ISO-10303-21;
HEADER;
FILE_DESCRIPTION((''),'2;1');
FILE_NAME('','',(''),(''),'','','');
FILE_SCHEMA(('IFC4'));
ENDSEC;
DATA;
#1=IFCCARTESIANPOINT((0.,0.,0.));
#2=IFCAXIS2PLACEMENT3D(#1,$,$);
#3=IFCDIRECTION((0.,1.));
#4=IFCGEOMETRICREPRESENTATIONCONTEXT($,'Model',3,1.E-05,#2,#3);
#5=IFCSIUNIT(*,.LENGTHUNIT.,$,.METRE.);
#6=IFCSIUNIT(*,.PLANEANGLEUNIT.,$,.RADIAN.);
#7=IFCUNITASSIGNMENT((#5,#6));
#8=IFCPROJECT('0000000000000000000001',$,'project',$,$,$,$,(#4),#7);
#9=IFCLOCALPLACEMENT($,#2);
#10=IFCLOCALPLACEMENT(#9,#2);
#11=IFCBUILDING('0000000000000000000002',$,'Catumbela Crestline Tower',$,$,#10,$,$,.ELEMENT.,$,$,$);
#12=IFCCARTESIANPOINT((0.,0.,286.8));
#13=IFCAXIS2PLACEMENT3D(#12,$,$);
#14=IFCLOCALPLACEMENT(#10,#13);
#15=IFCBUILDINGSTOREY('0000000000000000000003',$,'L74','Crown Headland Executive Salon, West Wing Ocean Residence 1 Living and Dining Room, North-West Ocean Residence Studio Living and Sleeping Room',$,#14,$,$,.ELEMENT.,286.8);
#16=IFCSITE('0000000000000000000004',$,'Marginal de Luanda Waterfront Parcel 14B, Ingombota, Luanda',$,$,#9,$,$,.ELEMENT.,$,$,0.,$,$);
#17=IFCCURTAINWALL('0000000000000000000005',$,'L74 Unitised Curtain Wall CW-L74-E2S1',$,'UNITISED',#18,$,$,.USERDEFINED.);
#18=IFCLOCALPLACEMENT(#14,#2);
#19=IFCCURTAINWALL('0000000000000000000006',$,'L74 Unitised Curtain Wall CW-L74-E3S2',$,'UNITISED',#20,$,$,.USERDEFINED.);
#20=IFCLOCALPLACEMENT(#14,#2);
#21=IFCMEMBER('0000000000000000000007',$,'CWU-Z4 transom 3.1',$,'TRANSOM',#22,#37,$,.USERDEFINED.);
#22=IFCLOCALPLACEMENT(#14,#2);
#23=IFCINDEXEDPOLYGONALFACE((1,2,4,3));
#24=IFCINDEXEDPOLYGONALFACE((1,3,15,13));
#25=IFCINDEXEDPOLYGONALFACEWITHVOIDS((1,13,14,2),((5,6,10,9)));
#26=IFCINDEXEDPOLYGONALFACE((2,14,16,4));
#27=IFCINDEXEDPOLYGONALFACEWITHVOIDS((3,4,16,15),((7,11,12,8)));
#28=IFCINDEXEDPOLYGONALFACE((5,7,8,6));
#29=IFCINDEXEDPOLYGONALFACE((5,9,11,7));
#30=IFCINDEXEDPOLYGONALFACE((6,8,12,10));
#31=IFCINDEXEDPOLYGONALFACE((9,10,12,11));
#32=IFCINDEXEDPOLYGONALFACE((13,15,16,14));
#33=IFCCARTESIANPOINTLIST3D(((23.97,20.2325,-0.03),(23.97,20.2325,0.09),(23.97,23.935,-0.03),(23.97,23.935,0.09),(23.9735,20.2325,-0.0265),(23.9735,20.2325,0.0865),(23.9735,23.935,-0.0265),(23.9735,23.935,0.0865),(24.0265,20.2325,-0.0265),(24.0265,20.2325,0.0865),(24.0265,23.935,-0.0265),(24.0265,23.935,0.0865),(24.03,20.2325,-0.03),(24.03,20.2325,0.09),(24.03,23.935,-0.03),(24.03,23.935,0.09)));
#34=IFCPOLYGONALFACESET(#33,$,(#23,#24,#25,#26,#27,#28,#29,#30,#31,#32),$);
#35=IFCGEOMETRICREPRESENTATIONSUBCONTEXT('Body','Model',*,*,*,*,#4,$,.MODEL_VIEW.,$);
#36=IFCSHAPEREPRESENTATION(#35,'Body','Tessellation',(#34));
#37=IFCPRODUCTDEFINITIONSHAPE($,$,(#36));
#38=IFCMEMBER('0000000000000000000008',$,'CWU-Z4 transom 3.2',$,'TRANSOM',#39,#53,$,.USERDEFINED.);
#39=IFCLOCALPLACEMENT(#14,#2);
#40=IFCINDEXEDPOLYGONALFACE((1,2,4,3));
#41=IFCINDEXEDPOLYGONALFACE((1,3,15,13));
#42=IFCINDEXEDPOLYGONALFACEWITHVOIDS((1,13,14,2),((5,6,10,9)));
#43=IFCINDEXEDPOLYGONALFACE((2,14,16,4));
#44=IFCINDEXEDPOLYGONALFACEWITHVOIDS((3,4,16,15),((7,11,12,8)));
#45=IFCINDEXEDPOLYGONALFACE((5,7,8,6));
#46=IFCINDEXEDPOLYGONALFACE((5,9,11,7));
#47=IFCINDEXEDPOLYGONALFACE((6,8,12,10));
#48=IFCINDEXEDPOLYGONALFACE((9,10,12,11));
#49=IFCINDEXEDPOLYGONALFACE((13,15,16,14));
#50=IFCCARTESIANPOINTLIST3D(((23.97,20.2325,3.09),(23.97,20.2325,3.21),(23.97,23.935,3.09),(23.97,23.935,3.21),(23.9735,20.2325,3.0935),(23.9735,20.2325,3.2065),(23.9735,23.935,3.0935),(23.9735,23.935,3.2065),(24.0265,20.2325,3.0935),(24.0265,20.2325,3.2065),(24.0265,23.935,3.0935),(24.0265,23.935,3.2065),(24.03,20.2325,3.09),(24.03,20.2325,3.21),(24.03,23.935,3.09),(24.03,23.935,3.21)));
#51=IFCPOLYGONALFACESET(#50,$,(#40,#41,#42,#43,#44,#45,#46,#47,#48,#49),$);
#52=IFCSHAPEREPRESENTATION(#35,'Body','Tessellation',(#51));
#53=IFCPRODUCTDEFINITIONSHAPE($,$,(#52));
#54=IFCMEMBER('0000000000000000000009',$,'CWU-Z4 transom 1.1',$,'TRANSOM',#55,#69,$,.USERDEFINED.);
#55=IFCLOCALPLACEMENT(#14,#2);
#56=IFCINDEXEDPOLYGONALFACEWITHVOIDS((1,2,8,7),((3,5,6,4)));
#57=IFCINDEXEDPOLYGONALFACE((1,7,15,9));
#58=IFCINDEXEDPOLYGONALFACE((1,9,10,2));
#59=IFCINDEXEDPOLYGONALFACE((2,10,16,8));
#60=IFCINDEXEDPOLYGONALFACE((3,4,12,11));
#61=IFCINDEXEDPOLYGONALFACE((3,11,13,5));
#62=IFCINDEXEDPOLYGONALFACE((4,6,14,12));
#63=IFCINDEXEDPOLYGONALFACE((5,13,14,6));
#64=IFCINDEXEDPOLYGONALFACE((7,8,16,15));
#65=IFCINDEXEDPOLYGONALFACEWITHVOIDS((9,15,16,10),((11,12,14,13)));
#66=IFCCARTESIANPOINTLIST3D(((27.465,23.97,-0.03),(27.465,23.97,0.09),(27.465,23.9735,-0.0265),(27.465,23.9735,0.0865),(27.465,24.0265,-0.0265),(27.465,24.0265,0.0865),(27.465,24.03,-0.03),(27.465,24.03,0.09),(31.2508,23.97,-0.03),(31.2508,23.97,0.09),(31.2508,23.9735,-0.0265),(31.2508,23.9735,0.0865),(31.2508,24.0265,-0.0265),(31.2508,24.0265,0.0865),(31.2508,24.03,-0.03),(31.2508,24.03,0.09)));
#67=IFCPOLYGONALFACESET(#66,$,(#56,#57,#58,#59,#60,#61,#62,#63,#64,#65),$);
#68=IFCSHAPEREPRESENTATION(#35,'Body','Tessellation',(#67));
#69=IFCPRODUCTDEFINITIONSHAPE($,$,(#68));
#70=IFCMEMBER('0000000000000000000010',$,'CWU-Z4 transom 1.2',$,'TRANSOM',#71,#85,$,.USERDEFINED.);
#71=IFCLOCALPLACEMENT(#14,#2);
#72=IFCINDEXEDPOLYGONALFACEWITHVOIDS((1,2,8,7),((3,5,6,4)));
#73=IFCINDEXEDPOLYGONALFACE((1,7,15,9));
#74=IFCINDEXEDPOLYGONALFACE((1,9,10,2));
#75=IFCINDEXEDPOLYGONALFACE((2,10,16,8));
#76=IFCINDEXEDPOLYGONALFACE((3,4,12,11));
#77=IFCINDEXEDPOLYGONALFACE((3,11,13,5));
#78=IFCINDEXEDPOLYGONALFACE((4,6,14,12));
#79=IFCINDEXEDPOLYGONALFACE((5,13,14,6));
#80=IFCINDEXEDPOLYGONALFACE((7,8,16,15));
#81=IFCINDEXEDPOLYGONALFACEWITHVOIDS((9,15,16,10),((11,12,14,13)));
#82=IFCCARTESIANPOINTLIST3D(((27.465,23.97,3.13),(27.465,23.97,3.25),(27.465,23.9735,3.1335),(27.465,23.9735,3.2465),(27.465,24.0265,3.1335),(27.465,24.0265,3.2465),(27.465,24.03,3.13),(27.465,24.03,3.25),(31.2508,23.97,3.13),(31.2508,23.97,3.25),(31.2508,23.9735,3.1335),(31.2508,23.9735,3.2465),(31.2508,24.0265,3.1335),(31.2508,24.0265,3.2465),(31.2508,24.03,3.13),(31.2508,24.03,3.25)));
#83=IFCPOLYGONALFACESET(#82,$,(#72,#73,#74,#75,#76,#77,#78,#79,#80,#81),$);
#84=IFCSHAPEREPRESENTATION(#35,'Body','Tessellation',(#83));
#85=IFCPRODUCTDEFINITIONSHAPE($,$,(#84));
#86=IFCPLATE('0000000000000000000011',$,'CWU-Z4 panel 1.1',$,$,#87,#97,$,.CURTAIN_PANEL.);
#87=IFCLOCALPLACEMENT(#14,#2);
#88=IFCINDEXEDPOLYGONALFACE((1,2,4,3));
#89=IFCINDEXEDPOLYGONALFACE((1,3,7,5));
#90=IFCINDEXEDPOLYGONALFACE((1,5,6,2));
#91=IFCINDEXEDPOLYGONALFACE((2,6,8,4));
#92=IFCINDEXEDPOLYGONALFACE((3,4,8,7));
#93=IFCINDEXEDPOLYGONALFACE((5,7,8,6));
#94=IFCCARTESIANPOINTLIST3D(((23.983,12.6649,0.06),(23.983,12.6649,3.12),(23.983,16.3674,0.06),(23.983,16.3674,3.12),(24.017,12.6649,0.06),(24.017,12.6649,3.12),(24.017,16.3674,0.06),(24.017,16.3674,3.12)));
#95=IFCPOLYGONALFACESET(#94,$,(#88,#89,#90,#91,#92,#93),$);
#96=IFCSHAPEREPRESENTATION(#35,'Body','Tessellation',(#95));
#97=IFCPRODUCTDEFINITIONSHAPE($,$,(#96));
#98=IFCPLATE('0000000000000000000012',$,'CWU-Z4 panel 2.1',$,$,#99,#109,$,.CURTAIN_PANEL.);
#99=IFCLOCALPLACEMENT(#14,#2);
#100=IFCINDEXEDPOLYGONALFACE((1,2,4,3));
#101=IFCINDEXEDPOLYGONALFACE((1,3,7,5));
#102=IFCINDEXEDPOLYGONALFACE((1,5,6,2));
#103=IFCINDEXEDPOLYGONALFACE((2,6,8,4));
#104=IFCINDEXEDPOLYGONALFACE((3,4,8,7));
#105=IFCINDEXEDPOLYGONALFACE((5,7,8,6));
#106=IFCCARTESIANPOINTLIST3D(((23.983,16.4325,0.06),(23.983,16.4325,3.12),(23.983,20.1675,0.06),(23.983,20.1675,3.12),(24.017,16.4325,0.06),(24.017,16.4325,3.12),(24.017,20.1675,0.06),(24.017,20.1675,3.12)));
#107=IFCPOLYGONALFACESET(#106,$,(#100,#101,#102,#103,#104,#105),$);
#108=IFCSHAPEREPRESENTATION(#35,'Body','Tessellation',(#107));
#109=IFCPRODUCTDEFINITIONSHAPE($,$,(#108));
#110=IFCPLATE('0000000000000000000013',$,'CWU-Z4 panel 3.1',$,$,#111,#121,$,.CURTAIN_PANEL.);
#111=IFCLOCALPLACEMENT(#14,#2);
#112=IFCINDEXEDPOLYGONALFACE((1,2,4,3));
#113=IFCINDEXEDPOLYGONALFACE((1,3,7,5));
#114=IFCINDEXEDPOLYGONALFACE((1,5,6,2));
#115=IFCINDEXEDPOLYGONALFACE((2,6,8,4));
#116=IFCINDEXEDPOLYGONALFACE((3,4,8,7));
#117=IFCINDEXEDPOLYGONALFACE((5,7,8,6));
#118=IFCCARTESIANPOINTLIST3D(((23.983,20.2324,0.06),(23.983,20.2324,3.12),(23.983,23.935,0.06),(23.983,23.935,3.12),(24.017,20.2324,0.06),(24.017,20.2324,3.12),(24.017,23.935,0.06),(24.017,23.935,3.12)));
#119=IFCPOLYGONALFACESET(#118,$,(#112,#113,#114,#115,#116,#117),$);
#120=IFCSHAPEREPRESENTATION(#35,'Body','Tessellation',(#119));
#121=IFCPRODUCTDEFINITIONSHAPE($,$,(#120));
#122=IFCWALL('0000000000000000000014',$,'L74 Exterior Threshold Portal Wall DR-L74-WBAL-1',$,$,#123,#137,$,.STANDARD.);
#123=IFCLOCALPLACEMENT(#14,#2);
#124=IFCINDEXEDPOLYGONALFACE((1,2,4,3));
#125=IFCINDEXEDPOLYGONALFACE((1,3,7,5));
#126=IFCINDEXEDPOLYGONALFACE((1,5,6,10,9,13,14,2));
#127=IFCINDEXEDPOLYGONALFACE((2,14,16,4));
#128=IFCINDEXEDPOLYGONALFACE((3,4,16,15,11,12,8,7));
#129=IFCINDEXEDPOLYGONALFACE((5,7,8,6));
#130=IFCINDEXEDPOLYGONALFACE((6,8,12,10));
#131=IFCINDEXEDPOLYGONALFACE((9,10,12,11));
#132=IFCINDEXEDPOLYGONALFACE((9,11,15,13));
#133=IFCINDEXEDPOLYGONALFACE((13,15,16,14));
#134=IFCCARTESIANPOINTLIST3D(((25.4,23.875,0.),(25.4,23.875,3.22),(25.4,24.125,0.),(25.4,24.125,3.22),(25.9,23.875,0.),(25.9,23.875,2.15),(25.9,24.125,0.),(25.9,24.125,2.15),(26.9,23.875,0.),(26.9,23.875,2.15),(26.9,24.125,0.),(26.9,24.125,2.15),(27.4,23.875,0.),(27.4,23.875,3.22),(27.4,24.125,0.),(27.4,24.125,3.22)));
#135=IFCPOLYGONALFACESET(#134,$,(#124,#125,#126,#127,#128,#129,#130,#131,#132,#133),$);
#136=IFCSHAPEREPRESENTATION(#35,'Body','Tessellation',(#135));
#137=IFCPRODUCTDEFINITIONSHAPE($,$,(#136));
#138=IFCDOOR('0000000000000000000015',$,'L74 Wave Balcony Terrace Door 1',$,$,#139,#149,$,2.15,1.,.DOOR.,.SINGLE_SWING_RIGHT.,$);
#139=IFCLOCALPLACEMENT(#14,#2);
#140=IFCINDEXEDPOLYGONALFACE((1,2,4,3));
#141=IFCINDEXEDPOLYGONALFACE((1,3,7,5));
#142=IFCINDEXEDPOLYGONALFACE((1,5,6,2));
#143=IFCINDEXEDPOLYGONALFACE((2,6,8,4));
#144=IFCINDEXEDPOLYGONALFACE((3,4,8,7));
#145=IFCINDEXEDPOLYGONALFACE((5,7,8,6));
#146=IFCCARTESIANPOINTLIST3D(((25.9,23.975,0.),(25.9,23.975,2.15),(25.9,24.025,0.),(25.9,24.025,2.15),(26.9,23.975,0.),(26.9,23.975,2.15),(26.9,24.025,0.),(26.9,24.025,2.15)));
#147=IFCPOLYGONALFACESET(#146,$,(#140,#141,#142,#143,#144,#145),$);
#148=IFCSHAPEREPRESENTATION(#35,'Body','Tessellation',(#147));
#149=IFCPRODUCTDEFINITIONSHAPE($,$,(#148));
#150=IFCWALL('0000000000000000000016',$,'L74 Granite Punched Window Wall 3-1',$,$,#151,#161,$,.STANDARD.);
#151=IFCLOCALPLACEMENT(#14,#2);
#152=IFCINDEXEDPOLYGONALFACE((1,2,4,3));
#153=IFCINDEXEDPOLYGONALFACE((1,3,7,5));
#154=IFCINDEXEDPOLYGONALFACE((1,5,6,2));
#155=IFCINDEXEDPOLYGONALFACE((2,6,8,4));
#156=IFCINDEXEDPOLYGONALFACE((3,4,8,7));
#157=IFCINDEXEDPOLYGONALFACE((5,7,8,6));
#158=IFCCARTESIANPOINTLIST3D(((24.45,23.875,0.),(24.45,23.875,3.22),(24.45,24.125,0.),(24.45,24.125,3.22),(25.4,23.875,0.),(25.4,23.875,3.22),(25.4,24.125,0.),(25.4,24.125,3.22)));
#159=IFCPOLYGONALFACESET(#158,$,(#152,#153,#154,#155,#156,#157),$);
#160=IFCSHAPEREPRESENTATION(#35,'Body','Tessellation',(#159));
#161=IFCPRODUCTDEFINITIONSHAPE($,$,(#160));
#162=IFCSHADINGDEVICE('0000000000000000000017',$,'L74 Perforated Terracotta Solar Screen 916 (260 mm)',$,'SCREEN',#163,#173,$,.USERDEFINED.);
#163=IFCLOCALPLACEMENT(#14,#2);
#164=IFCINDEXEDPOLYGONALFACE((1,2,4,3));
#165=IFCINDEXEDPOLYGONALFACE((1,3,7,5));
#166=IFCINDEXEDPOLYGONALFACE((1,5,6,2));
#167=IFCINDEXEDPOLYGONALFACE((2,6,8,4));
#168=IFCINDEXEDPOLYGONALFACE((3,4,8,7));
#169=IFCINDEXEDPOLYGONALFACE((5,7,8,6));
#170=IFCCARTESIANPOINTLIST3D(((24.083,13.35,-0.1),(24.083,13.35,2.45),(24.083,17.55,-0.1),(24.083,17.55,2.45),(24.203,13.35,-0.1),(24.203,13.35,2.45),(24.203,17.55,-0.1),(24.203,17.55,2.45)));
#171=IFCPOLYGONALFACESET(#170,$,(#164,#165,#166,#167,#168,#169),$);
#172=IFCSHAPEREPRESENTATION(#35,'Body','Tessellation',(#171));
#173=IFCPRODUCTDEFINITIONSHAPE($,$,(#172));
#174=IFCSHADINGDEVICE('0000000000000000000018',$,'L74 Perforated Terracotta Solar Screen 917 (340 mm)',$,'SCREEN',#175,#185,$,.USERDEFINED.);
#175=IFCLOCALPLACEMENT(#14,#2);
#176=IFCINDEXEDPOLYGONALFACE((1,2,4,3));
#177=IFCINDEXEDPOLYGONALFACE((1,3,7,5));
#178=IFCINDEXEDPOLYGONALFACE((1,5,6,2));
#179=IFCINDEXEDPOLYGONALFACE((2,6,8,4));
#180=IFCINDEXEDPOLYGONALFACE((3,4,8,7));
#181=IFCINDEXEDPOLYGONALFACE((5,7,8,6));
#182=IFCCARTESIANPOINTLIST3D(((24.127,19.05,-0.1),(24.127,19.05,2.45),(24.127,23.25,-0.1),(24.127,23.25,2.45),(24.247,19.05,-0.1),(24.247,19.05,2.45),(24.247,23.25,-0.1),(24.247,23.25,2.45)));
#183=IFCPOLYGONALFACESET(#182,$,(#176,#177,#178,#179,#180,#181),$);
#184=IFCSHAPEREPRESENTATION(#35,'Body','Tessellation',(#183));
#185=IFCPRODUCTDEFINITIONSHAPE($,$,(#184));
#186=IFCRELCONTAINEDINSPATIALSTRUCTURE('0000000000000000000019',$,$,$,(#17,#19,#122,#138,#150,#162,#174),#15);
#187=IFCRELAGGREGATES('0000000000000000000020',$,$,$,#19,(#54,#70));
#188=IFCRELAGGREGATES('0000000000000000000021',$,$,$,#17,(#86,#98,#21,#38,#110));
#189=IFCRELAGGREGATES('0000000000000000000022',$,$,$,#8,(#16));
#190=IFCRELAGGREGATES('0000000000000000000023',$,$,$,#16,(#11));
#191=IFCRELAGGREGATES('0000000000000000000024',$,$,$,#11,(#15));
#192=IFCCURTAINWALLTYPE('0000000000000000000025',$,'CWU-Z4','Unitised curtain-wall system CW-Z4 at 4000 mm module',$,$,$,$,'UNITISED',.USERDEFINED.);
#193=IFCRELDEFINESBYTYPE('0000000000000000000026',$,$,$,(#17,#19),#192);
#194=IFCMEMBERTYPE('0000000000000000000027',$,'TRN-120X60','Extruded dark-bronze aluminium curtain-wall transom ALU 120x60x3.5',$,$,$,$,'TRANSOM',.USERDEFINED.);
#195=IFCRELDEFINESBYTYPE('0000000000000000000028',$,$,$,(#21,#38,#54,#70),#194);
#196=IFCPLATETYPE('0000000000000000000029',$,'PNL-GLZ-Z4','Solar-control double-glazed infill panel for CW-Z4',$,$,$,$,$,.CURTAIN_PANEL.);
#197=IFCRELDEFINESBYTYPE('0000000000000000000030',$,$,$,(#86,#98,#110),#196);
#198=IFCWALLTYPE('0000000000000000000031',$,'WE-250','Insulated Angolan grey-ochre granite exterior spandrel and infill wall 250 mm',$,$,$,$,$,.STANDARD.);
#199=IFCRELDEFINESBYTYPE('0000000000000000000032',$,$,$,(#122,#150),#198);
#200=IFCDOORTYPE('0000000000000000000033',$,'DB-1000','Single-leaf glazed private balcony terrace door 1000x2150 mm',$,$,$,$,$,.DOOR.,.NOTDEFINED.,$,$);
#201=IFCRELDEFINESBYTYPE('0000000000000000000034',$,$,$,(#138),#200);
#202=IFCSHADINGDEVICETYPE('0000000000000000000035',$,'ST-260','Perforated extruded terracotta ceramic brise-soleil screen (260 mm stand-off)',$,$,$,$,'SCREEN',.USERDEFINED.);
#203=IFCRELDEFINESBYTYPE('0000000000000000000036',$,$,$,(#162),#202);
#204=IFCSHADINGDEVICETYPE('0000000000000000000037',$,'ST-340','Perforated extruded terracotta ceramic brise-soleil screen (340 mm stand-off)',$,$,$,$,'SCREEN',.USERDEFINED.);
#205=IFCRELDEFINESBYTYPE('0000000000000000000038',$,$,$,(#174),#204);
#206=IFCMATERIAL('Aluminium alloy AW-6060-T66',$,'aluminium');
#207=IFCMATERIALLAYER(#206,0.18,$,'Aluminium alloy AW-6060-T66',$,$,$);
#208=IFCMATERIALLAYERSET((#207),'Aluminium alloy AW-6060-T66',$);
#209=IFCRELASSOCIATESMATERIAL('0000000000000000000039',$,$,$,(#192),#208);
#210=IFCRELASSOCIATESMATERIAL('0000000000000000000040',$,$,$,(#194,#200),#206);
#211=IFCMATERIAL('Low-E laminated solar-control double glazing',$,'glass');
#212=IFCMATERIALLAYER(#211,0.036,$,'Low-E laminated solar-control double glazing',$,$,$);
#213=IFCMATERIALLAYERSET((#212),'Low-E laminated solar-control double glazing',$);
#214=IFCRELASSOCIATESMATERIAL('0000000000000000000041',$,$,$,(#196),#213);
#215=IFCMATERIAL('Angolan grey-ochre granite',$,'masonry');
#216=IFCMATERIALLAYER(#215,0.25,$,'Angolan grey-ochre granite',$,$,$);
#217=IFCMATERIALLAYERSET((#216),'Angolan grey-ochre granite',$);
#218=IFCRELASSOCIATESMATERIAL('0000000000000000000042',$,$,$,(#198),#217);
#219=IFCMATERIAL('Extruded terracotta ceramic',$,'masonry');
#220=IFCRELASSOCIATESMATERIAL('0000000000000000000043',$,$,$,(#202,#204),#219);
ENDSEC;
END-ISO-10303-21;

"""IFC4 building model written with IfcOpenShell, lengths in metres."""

from ifc_helpers import new_model, si_unit, direction, frame, frame_2d, origin, origin_2d, place, context, subcontext, project, spatial, rectangle, hollow_rectangle, extrude, material, layer, layer_set, material_profile, profile_set, type_object, element, fill, aggregate, save


model = new_model("IFC4")

# Units and contexts
model_context = context("Model", 3, precision=1e-05, world=origin(), true_north=direction((0.0, 1.0)))
body_context = subcontext(model_context, "Body", "Model", "MODEL_VIEW")
ifc_project = project(units=[si_unit("LENGTHUNIT", "METRE"), si_unit("PLANEANGLEUNIT", "RADIAN")], contexts=[model_context])

# Site, building, storey
site_placement = place(None, origin())
site = spatial("IfcSite", under=ifc_project, at=site_placement, Name="Marginal de Luanda Waterfront Parcel 14B, Ingombota, Luanda", CompositionType="ELEMENT", RefElevation=0.0)
building_placement = place(site_placement, origin())
building = spatial("IfcBuilding", under=site, at=building_placement, Name="Catumbela Crestline Tower", CompositionType="ELEMENT")
storey_placement = place(building_placement, frame((0.0, 0.0, 286.8)))
storey = spatial("IfcBuildingStorey", under=building, at=storey_placement, Name="L74", Description="Crown Headland Executive Salon, West Wing Ocean Residence 1 Living and Dining Room, North-West Ocean Residence Studio Living and Sleeping Room", CompositionType="ELEMENT", Elevation=286.8)

# Curtain wall
ifc_material_1 = material(Name="Aluminium alloy AW-6060-T66", Category="aluminium")
ifc_layer_1 = layer(ifc_material_1, 0.18, Name="Aluminium alloy AW-6060-T66")
ifc_layer_set_1 = layer_set([ifc_layer_1], Name="Aluminium alloy AW-6060-T66")
curtain_wall_type = type_object("IfcCurtainWallType", Name="CWU-Z4", Description="Unitised curtain-wall system CW-Z4 at 4000 mm module", ElementType="UNITISED", PredefinedType="USERDEFINED", material=ifc_layer_set_1)
curtain_wall_1_placement = place(storey_placement, origin())
curtain_wall_1 = element("IfcCurtainWall", 1, at=curtain_wall_1_placement, inside=storey, type_object=curtain_wall_type, Name="L74 Unitised Curtain Wall CW-L74-E2S1", ObjectType="UNITISED", PredefinedType="USERDEFINED")

# Curtain wall
curtain_wall_2_placement = place(storey_placement, origin())
curtain_wall_2 = element("IfcCurtainWall", 2, at=curtain_wall_2_placement, inside=storey, type_object=curtain_wall_type, Name="L74 Unitised Curtain Wall CW-L74-E3S2", ObjectType="UNITISED", PredefinedType="USERDEFINED")

# Members
ifc_material_profile_1 = material_profile(ifc_material_1, hollow_rectangle(XDim=0.06, YDim=0.12, WallThickness=0.0035, at=origin_2d()), Name="ALU 120x60x3.5")
ifc_profile_set_1 = profile_set([ifc_material_profile_1], Name="Aluminium alloy AW-6060-T66")
member_type_1 = type_object("IfcMemberType", Name="TRN-120X60", Description="Extruded dark-bronze aluminium curtain-wall transom ALU 120x60x3.5", ElementType="TRANSOM", PredefinedType="USERDEFINED", material=ifc_profile_set_1)
member_1_placement = place(storey_placement, frame((24.0, 20.2325, 0.03), z_axis=(0.0, 1.0, 0.0), x_axis=(-1.0, 0.0, 0.0)))
member_1 = element("IfcMember", 3, at=member_1_placement, type_object=member_type_1, Name="CWU-Z4 transom 3.1", ObjectType="TRANSOM", PredefinedType="USERDEFINED", context=body_context, shape_type="SweptSolid", body=[
    extrude(hollow_rectangle(XDim=0.06, YDim=0.12, WallThickness=0.0035, at=origin_2d()), origin(), (0.0, 0.0, 1.0), 3.7025),
])
member_2_placement = place(storey_placement, frame((24.0, 20.2325, 3.15), z_axis=(0.0, 1.0, 0.0), x_axis=(-1.0, 0.0, 0.0)))
member_2 = element("IfcMember", 4, at=member_2_placement, type_object=member_type_1, Name="CWU-Z4 transom 3.2", ObjectType="TRANSOM", PredefinedType="USERDEFINED", context=body_context, shape_type="SweptSolid", body=[
    extrude(hollow_rectangle(XDim=0.06, YDim=0.12, WallThickness=0.0035, at=origin_2d()), origin(), (0.0, 0.0, 1.0), 3.7025),
])
member_3_placement = place(storey_placement, frame((27.465, 24.0, 0.03), z_axis=(1.0, 0.0, 0.0), x_axis=(0.0, 1.0, 0.0)))
member_3 = element("IfcMember", 5, at=member_3_placement, type_object=member_type_1, Name="CWU-Z4 transom 1.1", ObjectType="TRANSOM", PredefinedType="USERDEFINED", context=body_context, shape_type="SweptSolid", body=[
    extrude(hollow_rectangle(XDim=0.06, YDim=0.12, WallThickness=0.0035, at=origin_2d()), origin(), (0.0, 0.0, 1.0), 3.7858),
])
member_4_placement = place(storey_placement, frame((27.465, 24.0, 3.19), z_axis=(1.0, 0.0, 0.0), x_axis=(0.0, 1.0, 0.0)))
member_4 = element("IfcMember", 6, at=member_4_placement, type_object=member_type_1, Name="CWU-Z4 transom 1.2", ObjectType="TRANSOM", PredefinedType="USERDEFINED", context=body_context, shape_type="SweptSolid", body=[
    extrude(hollow_rectangle(XDim=0.06, YDim=0.12, WallThickness=0.0035, at=origin_2d()), origin(), (0.0, 0.0, 1.0), 3.7858),
])
aggregate(curtain_wall_2, [member_3, member_4])

# Plates
ifc_material_2 = material(Name="Low-E laminated solar-control double glazing", Category="glass")
ifc_layer_2 = layer(ifc_material_2, 0.036, Name="Low-E laminated solar-control double glazing")
ifc_layer_set_2 = layer_set([ifc_layer_2], Name="Low-E laminated solar-control double glazing")
plate_type = type_object("IfcPlateType", Name="PNL-GLZ-Z4", Description="Solar-control double-glazed infill panel for CW-Z4", PredefinedType="CURTAIN_PANEL", material=ifc_layer_set_2)
plate_1_placement = place(storey_placement, frame((24.0, 14.5162, 0.06), z_axis=(0.0, 0.0, 1.0), x_axis=(0.0, 1.0, 0.0)))
plate_1 = element("IfcPlate", 7, at=plate_1_placement, type_object=plate_type, Name="CWU-Z4 panel 1.1", PredefinedType="CURTAIN_PANEL", context=body_context, shape_type="SweptSolid", body=[
    extrude(rectangle(XDim=3.7025, YDim=0.034, at=origin_2d()), origin(), (0.0, 0.0, 1.0), 3.06),
])
plate_2_placement = place(storey_placement, frame((24.0, 18.3, 0.06), z_axis=(0.0, 0.0, 1.0), x_axis=(0.0, 1.0, 0.0)))
plate_2 = element("IfcPlate", 8, at=plate_2_placement, type_object=plate_type, Name="CWU-Z4 panel 2.1", PredefinedType="CURTAIN_PANEL", context=body_context, shape_type="SweptSolid", body=[
    extrude(rectangle(XDim=3.735, YDim=0.034, at=origin_2d()), origin(), (0.0, 0.0, 1.0), 3.06),
])
plate_3_placement = place(storey_placement, frame((24.0, 22.0837, 0.06), z_axis=(0.0, 0.0, 1.0), x_axis=(0.0, 1.0, 0.0)))
plate_3 = element("IfcPlate", 9, at=plate_3_placement, type_object=plate_type, Name="CWU-Z4 panel 3.1", PredefinedType="CURTAIN_PANEL", context=body_context, shape_type="SweptSolid", body=[
    extrude(rectangle(XDim=3.7025, YDim=0.034, at=origin_2d()), origin(), (0.0, 0.0, 1.0), 3.06),
])
aggregate(curtain_wall_1, [plate_1, plate_2, member_1, member_2, plate_3])

# Wall, opening, door
ifc_material_3 = material(Name="Angolan grey-ochre granite", Category="masonry")
ifc_layer_3 = layer(ifc_material_3, 0.25, Name="Angolan grey-ochre granite")
ifc_layer_set_3 = layer_set([ifc_layer_3], Name="Angolan grey-ochre granite")
wall_type = type_object("IfcWallType", Name="WE-250", Description="Insulated Angolan grey-ochre granite exterior spandrel and infill wall 250 mm", PredefinedType="STANDARD", material=ifc_layer_set_3)
wall_1_placement = place(storey_placement, frame((25.4, 24.0, 0.0), z_axis=(0.0, 0.0, 1.0), x_axis=(1.0, 0.0, 0.0)))
wall_1 = element("IfcWall", 10, at=wall_1_placement, inside=storey, type_object=wall_type, Name="L74 Exterior Threshold Portal Wall DR-L74-WBAL-1", PredefinedType="STANDARD", context=body_context, shape_type="SweptSolid", body=[
    extrude(rectangle(XDim=2.0, YDim=0.25, at=frame_2d((1.0, 0.0))), origin(), (0.0, 0.0, 1.0), 3.22),
])
opening_placement = place(wall_1_placement, frame((0.5, 0.0, 0.0)))
opening = element("IfcOpeningElement", 11, at=opening_placement, cuts=wall_1, PredefinedType="OPENING", context=body_context, shape_type="SweptSolid", body=[
    extrude(rectangle(XDim=1.0, YDim=2.15, at=frame_2d((0.5, 1.075))), frame((0.0, 0.135, 0.0), z_axis=(0.0, -1.0, 0.0), x_axis=(1.0, 0.0, 0.0)), (0.0, 0.0, 1.0), 0.27),
])
door_type = type_object("IfcDoorType", Name="DB-1000", Description="Single-leaf glazed private balcony terrace door 1000x2150 mm", OperationType="NOTDEFINED", PredefinedType="DOOR", material=ifc_material_1)
door_placement = place(opening_placement, origin())
door = element("IfcDoor", 12, at=door_placement, inside=storey, type_object=door_type, Name="L74 Wave Balcony Terrace Door 1", OperationType="SINGLE_SWING_RIGHT", OverallHeight=2.15, OverallWidth=1.0, PredefinedType="DOOR", context=body_context, shape_type="SweptSolid", body=[
    extrude(rectangle(XDim=1.0, YDim=2.15, at=frame_2d((0.5, 1.075))), frame((0.0, 0.025, 0.0), z_axis=(0.0, -1.0, 0.0), x_axis=(1.0, 0.0, 0.0)), (0.0, 0.0, 1.0), 0.05),
])
fill(opening, door)

# Wall
wall_2_placement = place(storey_placement, frame((24.45, 24.0, 0.0), z_axis=(0.0, 0.0, 1.0), x_axis=(1.0, 0.0, 0.0)))
element("IfcWall", 13, at=wall_2_placement, inside=storey, type_object=wall_type, Name="L74 Granite Punched Window Wall 3-1", PredefinedType="STANDARD", context=body_context, shape_type="SweptSolid", body=[
    extrude(rectangle(XDim=0.95, YDim=0.25, at=frame_2d((0.475, 0.0))), origin(), (0.0, 0.0, 1.0), 3.22),
])

# Shading devices
ifc_material_4 = material(Name="Extruded terracotta ceramic", Category="masonry")
shading_device_type_1 = type_object("IfcShadingDeviceType", Name="ST-260", Description="Perforated extruded terracotta ceramic brise-soleil screen (260 mm stand-off)", ElementType="SCREEN", PredefinedType="USERDEFINED", material=ifc_material_4)
shading_device_1_placement = place(storey_placement, frame((24.143, 15.45, -0.1), z_axis=(0.0, 0.0, 1.0), x_axis=(0.0, 1.0, 0.0)))
element("IfcShadingDevice", 14, at=shading_device_1_placement, inside=storey, type_object=shading_device_type_1, Name="L74 Perforated Terracotta Solar Screen 916 (260 mm)", ObjectType="SCREEN", PredefinedType="USERDEFINED", context=body_context, shape_type="SweptSolid", body=[
    extrude(rectangle(XDim=4.2, YDim=0.12, at=origin_2d()), origin(), (0.0, 0.0, 1.0), 2.55),
])
shading_device_type_2 = type_object("IfcShadingDeviceType", Name="ST-340", Description="Perforated extruded terracotta ceramic brise-soleil screen (340 mm stand-off)", ElementType="SCREEN", PredefinedType="USERDEFINED", material=ifc_material_4)
shading_device_2_placement = place(storey_placement, frame((24.187, 21.15, -0.1), z_axis=(0.0, 0.0, 1.0), x_axis=(0.0, 1.0, 0.0)))
element("IfcShadingDevice", 15, at=shading_device_2_placement, inside=storey, type_object=shading_device_type_2, Name="L74 Perforated Terracotta Solar Screen 917 (340 mm)", ObjectType="SCREEN", PredefinedType="USERDEFINED", context=body_context, shape_type="SweptSolid", body=[
    extrude(rectangle(XDim=4.2, YDim=0.12, at=origin_2d()), origin(), (0.0, 0.0, 1.0), 2.55),
])

save(model, "model.ifc")
